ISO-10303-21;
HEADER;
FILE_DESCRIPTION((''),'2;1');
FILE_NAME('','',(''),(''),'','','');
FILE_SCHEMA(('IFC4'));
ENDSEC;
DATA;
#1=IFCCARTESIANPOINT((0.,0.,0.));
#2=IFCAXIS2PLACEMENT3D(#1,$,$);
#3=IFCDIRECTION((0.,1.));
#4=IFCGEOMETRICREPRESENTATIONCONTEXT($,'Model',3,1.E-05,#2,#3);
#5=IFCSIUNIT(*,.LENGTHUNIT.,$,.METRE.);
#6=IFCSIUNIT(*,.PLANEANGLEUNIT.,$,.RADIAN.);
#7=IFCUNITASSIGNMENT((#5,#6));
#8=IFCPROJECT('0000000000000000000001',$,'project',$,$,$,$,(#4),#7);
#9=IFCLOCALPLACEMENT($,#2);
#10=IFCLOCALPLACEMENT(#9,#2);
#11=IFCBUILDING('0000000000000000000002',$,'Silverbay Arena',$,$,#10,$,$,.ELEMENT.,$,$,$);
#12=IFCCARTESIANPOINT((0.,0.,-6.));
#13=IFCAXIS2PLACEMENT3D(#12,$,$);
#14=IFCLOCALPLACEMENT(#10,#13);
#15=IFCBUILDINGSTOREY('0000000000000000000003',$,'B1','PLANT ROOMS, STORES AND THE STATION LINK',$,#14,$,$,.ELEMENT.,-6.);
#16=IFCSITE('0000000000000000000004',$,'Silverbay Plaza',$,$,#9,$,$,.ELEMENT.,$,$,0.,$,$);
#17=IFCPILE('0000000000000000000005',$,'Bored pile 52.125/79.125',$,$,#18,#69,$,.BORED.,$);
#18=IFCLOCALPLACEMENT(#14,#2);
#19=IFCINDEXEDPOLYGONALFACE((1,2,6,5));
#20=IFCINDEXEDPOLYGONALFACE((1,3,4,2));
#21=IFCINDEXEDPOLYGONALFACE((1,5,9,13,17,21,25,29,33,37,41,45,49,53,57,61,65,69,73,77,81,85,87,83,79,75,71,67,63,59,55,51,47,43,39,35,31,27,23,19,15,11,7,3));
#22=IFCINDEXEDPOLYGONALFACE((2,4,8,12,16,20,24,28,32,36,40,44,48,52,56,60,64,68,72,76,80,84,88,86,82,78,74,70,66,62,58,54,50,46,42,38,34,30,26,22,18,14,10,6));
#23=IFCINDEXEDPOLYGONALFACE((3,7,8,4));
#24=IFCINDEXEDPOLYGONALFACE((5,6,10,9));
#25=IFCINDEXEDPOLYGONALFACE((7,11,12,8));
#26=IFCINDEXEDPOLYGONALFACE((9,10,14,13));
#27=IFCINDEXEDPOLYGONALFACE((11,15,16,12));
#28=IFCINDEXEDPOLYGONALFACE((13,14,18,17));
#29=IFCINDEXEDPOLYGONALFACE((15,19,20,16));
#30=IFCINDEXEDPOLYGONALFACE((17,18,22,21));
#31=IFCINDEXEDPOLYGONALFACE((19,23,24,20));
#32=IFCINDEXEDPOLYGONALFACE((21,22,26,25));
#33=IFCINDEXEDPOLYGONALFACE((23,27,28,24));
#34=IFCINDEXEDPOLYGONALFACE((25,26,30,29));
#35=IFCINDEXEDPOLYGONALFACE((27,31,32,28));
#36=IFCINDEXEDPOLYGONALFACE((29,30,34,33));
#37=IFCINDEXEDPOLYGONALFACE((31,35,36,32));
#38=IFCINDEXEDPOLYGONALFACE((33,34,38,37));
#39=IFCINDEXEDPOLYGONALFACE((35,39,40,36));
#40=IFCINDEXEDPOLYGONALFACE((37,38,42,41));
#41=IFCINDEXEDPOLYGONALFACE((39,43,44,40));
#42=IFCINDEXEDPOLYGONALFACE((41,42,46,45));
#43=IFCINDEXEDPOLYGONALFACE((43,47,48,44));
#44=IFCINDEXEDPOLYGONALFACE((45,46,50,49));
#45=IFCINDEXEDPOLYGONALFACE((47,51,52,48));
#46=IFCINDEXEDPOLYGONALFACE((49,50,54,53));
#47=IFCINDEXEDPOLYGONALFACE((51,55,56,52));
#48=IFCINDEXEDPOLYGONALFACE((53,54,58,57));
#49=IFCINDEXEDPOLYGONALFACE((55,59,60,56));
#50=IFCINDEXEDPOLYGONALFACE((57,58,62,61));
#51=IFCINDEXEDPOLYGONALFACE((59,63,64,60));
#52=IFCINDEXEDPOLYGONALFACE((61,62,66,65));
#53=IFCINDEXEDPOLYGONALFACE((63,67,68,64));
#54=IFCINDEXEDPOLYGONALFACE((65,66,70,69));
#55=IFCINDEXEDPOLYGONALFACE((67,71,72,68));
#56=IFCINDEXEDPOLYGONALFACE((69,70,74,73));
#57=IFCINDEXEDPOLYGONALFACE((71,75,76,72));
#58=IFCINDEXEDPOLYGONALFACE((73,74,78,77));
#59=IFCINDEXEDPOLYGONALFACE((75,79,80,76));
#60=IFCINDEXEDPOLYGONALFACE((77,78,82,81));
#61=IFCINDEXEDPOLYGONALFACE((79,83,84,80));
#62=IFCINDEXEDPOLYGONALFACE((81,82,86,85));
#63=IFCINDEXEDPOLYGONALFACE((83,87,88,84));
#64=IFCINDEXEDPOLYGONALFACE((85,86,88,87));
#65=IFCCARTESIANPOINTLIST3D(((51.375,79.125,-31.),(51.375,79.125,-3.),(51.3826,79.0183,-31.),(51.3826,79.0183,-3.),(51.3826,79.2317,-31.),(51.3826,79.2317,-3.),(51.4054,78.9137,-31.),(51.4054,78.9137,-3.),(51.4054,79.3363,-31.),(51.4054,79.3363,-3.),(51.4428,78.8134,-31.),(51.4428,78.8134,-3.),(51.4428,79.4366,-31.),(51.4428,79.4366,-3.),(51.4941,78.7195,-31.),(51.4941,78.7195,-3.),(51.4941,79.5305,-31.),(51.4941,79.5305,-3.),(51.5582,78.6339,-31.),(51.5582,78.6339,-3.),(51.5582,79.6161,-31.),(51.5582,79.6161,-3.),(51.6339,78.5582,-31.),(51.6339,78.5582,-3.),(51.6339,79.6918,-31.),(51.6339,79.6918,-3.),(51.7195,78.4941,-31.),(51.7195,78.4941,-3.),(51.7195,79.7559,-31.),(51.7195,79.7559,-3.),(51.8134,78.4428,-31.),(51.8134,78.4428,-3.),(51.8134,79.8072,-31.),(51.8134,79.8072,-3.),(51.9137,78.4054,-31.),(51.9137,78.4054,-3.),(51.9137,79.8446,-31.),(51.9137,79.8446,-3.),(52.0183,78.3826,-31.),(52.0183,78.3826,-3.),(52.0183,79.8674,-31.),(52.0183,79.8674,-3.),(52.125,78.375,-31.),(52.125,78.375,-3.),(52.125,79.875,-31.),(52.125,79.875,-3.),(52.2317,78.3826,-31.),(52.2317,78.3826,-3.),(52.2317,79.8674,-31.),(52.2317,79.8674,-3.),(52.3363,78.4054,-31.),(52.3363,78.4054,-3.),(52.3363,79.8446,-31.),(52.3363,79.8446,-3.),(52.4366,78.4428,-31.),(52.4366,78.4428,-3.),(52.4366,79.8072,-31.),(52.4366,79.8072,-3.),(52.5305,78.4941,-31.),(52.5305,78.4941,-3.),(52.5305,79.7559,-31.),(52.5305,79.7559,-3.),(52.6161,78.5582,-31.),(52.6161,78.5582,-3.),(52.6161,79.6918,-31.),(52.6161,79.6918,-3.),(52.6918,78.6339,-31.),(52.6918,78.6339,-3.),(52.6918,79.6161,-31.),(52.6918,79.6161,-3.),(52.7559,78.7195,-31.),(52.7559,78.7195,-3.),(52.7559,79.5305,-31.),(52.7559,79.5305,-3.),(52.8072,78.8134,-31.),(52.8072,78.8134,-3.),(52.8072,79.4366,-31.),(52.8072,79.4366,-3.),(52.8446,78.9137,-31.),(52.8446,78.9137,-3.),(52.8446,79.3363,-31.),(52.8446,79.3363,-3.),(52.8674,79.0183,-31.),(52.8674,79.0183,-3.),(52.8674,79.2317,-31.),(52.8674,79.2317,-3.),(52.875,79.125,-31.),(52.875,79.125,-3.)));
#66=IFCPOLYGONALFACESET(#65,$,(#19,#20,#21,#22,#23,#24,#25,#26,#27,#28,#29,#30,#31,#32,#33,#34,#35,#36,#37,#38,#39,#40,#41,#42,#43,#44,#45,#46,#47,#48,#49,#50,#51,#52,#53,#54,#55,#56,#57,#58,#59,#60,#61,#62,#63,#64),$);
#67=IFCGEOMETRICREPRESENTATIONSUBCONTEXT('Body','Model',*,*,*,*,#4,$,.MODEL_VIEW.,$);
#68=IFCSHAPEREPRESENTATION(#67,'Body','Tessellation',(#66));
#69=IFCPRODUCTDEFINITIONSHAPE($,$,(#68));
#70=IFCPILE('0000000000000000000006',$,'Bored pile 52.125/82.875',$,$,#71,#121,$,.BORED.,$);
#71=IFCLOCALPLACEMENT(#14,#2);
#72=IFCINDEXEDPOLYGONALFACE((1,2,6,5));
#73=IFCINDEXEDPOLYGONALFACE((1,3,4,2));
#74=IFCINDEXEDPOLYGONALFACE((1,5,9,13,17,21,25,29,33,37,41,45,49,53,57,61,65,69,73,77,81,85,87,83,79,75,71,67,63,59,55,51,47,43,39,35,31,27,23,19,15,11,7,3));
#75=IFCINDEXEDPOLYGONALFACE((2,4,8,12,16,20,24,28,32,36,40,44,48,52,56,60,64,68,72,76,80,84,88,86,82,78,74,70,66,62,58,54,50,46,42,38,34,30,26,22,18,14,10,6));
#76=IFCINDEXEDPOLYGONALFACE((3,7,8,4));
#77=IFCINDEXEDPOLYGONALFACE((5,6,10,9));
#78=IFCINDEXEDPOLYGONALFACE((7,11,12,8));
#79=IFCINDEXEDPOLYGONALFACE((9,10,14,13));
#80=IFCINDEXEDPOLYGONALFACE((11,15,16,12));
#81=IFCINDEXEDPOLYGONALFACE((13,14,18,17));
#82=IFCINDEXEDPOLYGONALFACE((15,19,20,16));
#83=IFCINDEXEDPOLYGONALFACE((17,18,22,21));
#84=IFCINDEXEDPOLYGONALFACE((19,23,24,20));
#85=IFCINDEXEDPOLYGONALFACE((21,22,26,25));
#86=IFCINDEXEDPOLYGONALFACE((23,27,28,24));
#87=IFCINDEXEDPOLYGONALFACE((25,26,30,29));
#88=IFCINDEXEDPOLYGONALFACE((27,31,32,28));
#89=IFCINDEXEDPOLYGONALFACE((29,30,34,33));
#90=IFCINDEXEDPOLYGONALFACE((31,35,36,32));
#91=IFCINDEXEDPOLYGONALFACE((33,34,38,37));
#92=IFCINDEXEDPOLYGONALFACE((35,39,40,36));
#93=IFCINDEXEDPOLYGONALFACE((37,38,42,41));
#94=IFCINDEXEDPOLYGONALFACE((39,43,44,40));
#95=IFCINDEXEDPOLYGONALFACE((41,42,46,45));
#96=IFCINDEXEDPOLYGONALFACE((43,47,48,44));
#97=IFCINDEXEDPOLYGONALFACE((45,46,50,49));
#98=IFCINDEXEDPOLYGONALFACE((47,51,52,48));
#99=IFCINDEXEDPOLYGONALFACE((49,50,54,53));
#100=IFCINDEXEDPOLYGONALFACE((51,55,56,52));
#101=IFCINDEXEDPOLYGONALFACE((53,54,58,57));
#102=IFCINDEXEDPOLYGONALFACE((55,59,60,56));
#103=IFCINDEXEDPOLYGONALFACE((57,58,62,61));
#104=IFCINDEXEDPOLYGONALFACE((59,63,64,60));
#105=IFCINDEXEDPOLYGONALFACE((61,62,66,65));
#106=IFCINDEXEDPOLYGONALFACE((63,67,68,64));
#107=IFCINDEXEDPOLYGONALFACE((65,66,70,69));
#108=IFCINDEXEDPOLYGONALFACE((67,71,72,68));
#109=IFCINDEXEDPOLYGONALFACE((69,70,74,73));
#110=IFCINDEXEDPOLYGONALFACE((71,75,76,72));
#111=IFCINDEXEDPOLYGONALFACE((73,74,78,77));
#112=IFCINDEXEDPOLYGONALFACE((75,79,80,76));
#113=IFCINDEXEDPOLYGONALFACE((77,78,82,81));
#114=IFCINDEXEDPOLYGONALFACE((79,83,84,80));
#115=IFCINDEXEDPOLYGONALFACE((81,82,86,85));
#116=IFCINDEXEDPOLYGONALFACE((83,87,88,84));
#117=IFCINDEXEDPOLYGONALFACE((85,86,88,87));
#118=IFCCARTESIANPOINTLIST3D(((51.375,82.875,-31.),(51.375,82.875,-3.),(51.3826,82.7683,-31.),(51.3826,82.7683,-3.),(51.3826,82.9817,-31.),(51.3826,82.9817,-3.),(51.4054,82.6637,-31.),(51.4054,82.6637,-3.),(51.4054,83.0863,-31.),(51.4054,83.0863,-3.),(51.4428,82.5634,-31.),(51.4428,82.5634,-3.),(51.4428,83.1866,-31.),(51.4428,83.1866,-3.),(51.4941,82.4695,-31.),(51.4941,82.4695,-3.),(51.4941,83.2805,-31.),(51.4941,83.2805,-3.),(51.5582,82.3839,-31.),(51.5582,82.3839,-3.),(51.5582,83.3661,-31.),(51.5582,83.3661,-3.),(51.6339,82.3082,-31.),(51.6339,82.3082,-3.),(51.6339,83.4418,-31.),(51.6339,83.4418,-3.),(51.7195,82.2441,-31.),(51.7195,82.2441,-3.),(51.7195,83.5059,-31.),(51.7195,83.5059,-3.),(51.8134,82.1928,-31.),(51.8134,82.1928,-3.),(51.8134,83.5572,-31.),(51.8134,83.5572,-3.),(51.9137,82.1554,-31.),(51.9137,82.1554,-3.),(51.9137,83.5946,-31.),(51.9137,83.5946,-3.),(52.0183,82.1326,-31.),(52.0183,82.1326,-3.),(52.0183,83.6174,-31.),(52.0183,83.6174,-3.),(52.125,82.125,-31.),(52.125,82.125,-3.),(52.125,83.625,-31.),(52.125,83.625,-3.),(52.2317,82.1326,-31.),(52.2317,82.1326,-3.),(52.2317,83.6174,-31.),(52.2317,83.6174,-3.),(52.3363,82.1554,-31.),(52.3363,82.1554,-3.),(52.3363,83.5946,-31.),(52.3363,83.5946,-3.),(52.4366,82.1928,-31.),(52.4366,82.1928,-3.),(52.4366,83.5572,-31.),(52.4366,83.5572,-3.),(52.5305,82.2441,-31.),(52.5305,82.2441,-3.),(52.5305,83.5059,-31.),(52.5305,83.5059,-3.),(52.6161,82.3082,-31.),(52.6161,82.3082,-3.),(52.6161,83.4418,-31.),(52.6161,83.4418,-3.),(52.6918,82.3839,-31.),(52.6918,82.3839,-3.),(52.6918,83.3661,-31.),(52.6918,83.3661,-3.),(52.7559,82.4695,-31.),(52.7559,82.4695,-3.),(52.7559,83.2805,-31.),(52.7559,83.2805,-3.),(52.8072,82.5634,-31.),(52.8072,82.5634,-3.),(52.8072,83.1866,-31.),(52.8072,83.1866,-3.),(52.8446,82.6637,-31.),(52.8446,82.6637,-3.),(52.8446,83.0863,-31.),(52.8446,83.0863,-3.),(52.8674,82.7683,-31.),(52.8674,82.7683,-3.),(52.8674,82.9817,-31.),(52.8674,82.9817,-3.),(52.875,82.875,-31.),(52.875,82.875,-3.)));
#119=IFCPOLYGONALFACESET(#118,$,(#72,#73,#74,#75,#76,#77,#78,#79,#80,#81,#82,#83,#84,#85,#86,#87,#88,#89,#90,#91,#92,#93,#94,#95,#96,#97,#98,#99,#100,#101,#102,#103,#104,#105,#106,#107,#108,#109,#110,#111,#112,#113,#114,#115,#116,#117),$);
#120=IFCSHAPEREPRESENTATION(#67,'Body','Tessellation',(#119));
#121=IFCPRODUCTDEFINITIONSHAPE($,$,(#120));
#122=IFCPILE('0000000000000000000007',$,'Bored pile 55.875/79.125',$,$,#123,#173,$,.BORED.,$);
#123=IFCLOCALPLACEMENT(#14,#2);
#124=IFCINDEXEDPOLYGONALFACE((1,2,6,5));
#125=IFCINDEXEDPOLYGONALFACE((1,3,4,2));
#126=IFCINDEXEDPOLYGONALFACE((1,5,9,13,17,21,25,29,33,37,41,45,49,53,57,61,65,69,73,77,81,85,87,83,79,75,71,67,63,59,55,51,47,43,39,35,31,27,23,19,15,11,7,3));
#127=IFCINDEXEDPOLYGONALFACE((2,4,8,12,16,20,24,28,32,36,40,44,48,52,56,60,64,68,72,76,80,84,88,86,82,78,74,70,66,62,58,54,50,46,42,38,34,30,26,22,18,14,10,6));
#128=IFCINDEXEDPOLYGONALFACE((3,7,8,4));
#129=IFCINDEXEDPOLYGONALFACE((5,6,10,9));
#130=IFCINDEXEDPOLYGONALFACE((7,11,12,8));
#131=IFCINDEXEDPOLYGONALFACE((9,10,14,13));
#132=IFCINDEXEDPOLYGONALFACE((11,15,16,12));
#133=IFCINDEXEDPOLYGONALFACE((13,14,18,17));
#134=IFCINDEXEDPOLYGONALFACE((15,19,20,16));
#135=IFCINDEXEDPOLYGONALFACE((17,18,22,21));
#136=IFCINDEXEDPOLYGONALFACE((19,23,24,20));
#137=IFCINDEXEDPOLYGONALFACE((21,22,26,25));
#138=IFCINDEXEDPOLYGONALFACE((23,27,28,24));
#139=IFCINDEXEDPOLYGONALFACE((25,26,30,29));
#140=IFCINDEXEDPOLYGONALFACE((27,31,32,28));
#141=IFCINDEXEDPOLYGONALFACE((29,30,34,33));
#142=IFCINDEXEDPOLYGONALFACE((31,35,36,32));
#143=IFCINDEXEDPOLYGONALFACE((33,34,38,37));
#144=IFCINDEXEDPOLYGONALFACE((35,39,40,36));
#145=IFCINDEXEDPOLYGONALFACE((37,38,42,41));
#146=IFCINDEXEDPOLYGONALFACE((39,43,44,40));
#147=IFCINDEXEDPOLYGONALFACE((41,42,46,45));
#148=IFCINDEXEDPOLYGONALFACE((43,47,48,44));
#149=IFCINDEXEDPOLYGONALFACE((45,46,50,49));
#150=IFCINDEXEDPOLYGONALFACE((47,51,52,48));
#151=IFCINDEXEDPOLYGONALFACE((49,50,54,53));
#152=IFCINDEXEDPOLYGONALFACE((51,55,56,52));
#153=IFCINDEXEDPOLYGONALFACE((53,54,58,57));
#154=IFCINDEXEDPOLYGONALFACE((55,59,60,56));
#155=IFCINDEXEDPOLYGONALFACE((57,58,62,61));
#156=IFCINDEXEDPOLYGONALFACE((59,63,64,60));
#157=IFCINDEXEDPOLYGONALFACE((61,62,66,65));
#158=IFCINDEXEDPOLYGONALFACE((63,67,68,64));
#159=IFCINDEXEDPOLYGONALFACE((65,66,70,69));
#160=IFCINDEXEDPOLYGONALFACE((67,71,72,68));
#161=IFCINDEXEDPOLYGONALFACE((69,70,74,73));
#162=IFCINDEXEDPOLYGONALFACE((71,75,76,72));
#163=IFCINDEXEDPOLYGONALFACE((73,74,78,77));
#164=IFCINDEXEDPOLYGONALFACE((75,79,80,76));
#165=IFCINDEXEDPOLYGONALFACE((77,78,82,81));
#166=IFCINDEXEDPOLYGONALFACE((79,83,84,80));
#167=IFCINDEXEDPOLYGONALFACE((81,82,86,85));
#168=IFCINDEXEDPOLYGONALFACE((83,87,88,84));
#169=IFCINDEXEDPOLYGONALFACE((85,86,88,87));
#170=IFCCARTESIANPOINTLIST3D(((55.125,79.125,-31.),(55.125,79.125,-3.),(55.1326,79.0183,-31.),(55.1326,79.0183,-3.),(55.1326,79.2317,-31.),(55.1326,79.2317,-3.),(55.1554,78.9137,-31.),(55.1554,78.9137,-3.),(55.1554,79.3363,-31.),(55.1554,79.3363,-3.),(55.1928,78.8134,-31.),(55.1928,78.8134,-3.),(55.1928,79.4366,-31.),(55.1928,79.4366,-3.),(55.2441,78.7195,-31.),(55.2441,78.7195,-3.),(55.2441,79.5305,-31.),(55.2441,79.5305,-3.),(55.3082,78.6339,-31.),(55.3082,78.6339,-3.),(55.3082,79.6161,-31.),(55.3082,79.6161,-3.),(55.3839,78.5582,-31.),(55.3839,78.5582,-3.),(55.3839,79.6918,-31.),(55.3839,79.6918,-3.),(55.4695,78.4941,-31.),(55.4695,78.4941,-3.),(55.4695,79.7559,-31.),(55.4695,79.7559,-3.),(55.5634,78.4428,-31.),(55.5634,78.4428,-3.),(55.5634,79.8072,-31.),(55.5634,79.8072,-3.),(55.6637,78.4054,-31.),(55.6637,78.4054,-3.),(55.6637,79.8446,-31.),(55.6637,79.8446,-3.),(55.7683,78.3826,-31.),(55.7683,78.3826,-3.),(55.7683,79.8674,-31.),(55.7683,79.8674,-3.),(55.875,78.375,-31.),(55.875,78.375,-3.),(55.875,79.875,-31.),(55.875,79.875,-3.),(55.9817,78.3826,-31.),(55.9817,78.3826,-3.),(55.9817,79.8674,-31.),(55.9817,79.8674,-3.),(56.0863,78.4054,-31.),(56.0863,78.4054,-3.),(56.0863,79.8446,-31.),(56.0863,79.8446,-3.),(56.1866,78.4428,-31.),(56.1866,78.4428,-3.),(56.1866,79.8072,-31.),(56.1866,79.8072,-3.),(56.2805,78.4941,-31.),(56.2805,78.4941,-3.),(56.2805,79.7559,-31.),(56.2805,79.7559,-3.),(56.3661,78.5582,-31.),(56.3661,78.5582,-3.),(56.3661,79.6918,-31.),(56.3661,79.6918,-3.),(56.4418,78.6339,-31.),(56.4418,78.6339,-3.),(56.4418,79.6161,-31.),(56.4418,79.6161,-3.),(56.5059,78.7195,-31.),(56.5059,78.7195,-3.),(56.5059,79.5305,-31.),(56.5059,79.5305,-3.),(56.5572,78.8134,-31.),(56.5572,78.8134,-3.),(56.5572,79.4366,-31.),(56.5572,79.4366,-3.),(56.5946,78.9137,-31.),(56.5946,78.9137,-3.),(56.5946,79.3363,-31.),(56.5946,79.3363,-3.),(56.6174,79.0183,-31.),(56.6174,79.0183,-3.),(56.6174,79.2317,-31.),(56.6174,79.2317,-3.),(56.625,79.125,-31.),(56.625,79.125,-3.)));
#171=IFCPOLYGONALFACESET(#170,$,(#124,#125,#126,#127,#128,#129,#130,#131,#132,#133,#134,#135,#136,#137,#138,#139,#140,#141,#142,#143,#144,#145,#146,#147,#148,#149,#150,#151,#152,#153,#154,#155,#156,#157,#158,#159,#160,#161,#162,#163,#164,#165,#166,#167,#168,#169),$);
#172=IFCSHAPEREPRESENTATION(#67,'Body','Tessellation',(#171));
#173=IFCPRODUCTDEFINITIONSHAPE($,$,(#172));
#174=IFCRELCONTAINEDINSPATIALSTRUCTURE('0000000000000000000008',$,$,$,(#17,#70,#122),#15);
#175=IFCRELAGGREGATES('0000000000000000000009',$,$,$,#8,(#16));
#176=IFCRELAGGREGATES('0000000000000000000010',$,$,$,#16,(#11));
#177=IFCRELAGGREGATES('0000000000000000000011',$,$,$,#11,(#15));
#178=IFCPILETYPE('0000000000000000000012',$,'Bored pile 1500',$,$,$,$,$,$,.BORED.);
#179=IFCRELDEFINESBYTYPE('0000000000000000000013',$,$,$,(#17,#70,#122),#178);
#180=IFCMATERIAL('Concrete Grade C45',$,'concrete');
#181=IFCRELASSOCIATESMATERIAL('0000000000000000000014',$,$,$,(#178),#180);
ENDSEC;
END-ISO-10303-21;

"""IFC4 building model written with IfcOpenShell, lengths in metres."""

from ifc_helpers import new_model, si_unit, direction, frame, origin, origin_2d, place, context, subcontext, project, spatial, circle, extrude, material, material_profile, profile_set, type_object, element, save


model = new_model("IFC4")

# Units and contexts
model_context = context("Model", 3, precision=1e-05, world=origin(), true_north=direction((0.0, 1.0)))
body_context = subcontext(model_context, "Body", "Model", "MODEL_VIEW")
ifc_project = project(units=[si_unit("LENGTHUNIT", "METRE"), si_unit("PLANEANGLEUNIT", "RADIAN")], contexts=[model_context])

# Site, building, storey
site_placement = place(None, origin())
site = spatial("IfcSite", under=ifc_project, at=site_placement, Name="Silverbay Plaza", CompositionType="ELEMENT", RefElevation=0.0)
building_placement = place(site_placement, origin())
building = spatial("IfcBuilding", under=site, at=building_placement, Name="Silverbay Arena", CompositionType="ELEMENT")
storey_placement = place(building_placement, frame((0.0, 0.0, -6.0)))
storey = spatial("IfcBuildingStorey", under=building, at=storey_placement, Name="B1", Description="PLANT ROOMS, STORES AND THE STATION LINK", CompositionType="ELEMENT", Elevation=-6.0)

# Piles
ifc_material_1 = material(Name="Concrete Grade C45", Category="concrete")
ifc_material_profile_1 = material_profile(ifc_material_1, circle(Radius=0.75, at=origin_2d()), Name="Bored pile 1500")
ifc_profile_set_1 = profile_set([ifc_material_profile_1], Name="Concrete Grade C45")
pile_type_1 = type_object("IfcPileType", Name="Bored pile 1500", PredefinedType="BORED", material=ifc_profile_set_1)
for number, where, z_axis, x_axis, name in (
    (1, (52.125, 79.125, -3.0), (0.0, 0.0, -1.0), (1.0, 0.0, 0.0), "Bored pile 52.125/79.125"),
    (2, (52.125, 82.875, -3.0), (0.0, 0.0, -1.0), (1.0, 0.0, 0.0), "Bored pile 52.125/82.875"),
    (3, (55.875, 79.125, -3.0), (0.0, 0.0, -1.0), (1.0, 0.0, 0.0), "Bored pile 55.875/79.125"),
):
    element("IfcPile", number, at=place(storey_placement, frame(where, z_axis=z_axis, x_axis=x_axis)), inside=storey, type_object=pile_type_1, Name=name, PredefinedType="BORED", context=body_context, shape_type="SweptSolid", body=[
        extrude(circle(Radius=0.75, at=origin_2d()), origin(), (0.0, 0.0, 1.0), 28.0),
    ])

save(model, "model.ifc")
